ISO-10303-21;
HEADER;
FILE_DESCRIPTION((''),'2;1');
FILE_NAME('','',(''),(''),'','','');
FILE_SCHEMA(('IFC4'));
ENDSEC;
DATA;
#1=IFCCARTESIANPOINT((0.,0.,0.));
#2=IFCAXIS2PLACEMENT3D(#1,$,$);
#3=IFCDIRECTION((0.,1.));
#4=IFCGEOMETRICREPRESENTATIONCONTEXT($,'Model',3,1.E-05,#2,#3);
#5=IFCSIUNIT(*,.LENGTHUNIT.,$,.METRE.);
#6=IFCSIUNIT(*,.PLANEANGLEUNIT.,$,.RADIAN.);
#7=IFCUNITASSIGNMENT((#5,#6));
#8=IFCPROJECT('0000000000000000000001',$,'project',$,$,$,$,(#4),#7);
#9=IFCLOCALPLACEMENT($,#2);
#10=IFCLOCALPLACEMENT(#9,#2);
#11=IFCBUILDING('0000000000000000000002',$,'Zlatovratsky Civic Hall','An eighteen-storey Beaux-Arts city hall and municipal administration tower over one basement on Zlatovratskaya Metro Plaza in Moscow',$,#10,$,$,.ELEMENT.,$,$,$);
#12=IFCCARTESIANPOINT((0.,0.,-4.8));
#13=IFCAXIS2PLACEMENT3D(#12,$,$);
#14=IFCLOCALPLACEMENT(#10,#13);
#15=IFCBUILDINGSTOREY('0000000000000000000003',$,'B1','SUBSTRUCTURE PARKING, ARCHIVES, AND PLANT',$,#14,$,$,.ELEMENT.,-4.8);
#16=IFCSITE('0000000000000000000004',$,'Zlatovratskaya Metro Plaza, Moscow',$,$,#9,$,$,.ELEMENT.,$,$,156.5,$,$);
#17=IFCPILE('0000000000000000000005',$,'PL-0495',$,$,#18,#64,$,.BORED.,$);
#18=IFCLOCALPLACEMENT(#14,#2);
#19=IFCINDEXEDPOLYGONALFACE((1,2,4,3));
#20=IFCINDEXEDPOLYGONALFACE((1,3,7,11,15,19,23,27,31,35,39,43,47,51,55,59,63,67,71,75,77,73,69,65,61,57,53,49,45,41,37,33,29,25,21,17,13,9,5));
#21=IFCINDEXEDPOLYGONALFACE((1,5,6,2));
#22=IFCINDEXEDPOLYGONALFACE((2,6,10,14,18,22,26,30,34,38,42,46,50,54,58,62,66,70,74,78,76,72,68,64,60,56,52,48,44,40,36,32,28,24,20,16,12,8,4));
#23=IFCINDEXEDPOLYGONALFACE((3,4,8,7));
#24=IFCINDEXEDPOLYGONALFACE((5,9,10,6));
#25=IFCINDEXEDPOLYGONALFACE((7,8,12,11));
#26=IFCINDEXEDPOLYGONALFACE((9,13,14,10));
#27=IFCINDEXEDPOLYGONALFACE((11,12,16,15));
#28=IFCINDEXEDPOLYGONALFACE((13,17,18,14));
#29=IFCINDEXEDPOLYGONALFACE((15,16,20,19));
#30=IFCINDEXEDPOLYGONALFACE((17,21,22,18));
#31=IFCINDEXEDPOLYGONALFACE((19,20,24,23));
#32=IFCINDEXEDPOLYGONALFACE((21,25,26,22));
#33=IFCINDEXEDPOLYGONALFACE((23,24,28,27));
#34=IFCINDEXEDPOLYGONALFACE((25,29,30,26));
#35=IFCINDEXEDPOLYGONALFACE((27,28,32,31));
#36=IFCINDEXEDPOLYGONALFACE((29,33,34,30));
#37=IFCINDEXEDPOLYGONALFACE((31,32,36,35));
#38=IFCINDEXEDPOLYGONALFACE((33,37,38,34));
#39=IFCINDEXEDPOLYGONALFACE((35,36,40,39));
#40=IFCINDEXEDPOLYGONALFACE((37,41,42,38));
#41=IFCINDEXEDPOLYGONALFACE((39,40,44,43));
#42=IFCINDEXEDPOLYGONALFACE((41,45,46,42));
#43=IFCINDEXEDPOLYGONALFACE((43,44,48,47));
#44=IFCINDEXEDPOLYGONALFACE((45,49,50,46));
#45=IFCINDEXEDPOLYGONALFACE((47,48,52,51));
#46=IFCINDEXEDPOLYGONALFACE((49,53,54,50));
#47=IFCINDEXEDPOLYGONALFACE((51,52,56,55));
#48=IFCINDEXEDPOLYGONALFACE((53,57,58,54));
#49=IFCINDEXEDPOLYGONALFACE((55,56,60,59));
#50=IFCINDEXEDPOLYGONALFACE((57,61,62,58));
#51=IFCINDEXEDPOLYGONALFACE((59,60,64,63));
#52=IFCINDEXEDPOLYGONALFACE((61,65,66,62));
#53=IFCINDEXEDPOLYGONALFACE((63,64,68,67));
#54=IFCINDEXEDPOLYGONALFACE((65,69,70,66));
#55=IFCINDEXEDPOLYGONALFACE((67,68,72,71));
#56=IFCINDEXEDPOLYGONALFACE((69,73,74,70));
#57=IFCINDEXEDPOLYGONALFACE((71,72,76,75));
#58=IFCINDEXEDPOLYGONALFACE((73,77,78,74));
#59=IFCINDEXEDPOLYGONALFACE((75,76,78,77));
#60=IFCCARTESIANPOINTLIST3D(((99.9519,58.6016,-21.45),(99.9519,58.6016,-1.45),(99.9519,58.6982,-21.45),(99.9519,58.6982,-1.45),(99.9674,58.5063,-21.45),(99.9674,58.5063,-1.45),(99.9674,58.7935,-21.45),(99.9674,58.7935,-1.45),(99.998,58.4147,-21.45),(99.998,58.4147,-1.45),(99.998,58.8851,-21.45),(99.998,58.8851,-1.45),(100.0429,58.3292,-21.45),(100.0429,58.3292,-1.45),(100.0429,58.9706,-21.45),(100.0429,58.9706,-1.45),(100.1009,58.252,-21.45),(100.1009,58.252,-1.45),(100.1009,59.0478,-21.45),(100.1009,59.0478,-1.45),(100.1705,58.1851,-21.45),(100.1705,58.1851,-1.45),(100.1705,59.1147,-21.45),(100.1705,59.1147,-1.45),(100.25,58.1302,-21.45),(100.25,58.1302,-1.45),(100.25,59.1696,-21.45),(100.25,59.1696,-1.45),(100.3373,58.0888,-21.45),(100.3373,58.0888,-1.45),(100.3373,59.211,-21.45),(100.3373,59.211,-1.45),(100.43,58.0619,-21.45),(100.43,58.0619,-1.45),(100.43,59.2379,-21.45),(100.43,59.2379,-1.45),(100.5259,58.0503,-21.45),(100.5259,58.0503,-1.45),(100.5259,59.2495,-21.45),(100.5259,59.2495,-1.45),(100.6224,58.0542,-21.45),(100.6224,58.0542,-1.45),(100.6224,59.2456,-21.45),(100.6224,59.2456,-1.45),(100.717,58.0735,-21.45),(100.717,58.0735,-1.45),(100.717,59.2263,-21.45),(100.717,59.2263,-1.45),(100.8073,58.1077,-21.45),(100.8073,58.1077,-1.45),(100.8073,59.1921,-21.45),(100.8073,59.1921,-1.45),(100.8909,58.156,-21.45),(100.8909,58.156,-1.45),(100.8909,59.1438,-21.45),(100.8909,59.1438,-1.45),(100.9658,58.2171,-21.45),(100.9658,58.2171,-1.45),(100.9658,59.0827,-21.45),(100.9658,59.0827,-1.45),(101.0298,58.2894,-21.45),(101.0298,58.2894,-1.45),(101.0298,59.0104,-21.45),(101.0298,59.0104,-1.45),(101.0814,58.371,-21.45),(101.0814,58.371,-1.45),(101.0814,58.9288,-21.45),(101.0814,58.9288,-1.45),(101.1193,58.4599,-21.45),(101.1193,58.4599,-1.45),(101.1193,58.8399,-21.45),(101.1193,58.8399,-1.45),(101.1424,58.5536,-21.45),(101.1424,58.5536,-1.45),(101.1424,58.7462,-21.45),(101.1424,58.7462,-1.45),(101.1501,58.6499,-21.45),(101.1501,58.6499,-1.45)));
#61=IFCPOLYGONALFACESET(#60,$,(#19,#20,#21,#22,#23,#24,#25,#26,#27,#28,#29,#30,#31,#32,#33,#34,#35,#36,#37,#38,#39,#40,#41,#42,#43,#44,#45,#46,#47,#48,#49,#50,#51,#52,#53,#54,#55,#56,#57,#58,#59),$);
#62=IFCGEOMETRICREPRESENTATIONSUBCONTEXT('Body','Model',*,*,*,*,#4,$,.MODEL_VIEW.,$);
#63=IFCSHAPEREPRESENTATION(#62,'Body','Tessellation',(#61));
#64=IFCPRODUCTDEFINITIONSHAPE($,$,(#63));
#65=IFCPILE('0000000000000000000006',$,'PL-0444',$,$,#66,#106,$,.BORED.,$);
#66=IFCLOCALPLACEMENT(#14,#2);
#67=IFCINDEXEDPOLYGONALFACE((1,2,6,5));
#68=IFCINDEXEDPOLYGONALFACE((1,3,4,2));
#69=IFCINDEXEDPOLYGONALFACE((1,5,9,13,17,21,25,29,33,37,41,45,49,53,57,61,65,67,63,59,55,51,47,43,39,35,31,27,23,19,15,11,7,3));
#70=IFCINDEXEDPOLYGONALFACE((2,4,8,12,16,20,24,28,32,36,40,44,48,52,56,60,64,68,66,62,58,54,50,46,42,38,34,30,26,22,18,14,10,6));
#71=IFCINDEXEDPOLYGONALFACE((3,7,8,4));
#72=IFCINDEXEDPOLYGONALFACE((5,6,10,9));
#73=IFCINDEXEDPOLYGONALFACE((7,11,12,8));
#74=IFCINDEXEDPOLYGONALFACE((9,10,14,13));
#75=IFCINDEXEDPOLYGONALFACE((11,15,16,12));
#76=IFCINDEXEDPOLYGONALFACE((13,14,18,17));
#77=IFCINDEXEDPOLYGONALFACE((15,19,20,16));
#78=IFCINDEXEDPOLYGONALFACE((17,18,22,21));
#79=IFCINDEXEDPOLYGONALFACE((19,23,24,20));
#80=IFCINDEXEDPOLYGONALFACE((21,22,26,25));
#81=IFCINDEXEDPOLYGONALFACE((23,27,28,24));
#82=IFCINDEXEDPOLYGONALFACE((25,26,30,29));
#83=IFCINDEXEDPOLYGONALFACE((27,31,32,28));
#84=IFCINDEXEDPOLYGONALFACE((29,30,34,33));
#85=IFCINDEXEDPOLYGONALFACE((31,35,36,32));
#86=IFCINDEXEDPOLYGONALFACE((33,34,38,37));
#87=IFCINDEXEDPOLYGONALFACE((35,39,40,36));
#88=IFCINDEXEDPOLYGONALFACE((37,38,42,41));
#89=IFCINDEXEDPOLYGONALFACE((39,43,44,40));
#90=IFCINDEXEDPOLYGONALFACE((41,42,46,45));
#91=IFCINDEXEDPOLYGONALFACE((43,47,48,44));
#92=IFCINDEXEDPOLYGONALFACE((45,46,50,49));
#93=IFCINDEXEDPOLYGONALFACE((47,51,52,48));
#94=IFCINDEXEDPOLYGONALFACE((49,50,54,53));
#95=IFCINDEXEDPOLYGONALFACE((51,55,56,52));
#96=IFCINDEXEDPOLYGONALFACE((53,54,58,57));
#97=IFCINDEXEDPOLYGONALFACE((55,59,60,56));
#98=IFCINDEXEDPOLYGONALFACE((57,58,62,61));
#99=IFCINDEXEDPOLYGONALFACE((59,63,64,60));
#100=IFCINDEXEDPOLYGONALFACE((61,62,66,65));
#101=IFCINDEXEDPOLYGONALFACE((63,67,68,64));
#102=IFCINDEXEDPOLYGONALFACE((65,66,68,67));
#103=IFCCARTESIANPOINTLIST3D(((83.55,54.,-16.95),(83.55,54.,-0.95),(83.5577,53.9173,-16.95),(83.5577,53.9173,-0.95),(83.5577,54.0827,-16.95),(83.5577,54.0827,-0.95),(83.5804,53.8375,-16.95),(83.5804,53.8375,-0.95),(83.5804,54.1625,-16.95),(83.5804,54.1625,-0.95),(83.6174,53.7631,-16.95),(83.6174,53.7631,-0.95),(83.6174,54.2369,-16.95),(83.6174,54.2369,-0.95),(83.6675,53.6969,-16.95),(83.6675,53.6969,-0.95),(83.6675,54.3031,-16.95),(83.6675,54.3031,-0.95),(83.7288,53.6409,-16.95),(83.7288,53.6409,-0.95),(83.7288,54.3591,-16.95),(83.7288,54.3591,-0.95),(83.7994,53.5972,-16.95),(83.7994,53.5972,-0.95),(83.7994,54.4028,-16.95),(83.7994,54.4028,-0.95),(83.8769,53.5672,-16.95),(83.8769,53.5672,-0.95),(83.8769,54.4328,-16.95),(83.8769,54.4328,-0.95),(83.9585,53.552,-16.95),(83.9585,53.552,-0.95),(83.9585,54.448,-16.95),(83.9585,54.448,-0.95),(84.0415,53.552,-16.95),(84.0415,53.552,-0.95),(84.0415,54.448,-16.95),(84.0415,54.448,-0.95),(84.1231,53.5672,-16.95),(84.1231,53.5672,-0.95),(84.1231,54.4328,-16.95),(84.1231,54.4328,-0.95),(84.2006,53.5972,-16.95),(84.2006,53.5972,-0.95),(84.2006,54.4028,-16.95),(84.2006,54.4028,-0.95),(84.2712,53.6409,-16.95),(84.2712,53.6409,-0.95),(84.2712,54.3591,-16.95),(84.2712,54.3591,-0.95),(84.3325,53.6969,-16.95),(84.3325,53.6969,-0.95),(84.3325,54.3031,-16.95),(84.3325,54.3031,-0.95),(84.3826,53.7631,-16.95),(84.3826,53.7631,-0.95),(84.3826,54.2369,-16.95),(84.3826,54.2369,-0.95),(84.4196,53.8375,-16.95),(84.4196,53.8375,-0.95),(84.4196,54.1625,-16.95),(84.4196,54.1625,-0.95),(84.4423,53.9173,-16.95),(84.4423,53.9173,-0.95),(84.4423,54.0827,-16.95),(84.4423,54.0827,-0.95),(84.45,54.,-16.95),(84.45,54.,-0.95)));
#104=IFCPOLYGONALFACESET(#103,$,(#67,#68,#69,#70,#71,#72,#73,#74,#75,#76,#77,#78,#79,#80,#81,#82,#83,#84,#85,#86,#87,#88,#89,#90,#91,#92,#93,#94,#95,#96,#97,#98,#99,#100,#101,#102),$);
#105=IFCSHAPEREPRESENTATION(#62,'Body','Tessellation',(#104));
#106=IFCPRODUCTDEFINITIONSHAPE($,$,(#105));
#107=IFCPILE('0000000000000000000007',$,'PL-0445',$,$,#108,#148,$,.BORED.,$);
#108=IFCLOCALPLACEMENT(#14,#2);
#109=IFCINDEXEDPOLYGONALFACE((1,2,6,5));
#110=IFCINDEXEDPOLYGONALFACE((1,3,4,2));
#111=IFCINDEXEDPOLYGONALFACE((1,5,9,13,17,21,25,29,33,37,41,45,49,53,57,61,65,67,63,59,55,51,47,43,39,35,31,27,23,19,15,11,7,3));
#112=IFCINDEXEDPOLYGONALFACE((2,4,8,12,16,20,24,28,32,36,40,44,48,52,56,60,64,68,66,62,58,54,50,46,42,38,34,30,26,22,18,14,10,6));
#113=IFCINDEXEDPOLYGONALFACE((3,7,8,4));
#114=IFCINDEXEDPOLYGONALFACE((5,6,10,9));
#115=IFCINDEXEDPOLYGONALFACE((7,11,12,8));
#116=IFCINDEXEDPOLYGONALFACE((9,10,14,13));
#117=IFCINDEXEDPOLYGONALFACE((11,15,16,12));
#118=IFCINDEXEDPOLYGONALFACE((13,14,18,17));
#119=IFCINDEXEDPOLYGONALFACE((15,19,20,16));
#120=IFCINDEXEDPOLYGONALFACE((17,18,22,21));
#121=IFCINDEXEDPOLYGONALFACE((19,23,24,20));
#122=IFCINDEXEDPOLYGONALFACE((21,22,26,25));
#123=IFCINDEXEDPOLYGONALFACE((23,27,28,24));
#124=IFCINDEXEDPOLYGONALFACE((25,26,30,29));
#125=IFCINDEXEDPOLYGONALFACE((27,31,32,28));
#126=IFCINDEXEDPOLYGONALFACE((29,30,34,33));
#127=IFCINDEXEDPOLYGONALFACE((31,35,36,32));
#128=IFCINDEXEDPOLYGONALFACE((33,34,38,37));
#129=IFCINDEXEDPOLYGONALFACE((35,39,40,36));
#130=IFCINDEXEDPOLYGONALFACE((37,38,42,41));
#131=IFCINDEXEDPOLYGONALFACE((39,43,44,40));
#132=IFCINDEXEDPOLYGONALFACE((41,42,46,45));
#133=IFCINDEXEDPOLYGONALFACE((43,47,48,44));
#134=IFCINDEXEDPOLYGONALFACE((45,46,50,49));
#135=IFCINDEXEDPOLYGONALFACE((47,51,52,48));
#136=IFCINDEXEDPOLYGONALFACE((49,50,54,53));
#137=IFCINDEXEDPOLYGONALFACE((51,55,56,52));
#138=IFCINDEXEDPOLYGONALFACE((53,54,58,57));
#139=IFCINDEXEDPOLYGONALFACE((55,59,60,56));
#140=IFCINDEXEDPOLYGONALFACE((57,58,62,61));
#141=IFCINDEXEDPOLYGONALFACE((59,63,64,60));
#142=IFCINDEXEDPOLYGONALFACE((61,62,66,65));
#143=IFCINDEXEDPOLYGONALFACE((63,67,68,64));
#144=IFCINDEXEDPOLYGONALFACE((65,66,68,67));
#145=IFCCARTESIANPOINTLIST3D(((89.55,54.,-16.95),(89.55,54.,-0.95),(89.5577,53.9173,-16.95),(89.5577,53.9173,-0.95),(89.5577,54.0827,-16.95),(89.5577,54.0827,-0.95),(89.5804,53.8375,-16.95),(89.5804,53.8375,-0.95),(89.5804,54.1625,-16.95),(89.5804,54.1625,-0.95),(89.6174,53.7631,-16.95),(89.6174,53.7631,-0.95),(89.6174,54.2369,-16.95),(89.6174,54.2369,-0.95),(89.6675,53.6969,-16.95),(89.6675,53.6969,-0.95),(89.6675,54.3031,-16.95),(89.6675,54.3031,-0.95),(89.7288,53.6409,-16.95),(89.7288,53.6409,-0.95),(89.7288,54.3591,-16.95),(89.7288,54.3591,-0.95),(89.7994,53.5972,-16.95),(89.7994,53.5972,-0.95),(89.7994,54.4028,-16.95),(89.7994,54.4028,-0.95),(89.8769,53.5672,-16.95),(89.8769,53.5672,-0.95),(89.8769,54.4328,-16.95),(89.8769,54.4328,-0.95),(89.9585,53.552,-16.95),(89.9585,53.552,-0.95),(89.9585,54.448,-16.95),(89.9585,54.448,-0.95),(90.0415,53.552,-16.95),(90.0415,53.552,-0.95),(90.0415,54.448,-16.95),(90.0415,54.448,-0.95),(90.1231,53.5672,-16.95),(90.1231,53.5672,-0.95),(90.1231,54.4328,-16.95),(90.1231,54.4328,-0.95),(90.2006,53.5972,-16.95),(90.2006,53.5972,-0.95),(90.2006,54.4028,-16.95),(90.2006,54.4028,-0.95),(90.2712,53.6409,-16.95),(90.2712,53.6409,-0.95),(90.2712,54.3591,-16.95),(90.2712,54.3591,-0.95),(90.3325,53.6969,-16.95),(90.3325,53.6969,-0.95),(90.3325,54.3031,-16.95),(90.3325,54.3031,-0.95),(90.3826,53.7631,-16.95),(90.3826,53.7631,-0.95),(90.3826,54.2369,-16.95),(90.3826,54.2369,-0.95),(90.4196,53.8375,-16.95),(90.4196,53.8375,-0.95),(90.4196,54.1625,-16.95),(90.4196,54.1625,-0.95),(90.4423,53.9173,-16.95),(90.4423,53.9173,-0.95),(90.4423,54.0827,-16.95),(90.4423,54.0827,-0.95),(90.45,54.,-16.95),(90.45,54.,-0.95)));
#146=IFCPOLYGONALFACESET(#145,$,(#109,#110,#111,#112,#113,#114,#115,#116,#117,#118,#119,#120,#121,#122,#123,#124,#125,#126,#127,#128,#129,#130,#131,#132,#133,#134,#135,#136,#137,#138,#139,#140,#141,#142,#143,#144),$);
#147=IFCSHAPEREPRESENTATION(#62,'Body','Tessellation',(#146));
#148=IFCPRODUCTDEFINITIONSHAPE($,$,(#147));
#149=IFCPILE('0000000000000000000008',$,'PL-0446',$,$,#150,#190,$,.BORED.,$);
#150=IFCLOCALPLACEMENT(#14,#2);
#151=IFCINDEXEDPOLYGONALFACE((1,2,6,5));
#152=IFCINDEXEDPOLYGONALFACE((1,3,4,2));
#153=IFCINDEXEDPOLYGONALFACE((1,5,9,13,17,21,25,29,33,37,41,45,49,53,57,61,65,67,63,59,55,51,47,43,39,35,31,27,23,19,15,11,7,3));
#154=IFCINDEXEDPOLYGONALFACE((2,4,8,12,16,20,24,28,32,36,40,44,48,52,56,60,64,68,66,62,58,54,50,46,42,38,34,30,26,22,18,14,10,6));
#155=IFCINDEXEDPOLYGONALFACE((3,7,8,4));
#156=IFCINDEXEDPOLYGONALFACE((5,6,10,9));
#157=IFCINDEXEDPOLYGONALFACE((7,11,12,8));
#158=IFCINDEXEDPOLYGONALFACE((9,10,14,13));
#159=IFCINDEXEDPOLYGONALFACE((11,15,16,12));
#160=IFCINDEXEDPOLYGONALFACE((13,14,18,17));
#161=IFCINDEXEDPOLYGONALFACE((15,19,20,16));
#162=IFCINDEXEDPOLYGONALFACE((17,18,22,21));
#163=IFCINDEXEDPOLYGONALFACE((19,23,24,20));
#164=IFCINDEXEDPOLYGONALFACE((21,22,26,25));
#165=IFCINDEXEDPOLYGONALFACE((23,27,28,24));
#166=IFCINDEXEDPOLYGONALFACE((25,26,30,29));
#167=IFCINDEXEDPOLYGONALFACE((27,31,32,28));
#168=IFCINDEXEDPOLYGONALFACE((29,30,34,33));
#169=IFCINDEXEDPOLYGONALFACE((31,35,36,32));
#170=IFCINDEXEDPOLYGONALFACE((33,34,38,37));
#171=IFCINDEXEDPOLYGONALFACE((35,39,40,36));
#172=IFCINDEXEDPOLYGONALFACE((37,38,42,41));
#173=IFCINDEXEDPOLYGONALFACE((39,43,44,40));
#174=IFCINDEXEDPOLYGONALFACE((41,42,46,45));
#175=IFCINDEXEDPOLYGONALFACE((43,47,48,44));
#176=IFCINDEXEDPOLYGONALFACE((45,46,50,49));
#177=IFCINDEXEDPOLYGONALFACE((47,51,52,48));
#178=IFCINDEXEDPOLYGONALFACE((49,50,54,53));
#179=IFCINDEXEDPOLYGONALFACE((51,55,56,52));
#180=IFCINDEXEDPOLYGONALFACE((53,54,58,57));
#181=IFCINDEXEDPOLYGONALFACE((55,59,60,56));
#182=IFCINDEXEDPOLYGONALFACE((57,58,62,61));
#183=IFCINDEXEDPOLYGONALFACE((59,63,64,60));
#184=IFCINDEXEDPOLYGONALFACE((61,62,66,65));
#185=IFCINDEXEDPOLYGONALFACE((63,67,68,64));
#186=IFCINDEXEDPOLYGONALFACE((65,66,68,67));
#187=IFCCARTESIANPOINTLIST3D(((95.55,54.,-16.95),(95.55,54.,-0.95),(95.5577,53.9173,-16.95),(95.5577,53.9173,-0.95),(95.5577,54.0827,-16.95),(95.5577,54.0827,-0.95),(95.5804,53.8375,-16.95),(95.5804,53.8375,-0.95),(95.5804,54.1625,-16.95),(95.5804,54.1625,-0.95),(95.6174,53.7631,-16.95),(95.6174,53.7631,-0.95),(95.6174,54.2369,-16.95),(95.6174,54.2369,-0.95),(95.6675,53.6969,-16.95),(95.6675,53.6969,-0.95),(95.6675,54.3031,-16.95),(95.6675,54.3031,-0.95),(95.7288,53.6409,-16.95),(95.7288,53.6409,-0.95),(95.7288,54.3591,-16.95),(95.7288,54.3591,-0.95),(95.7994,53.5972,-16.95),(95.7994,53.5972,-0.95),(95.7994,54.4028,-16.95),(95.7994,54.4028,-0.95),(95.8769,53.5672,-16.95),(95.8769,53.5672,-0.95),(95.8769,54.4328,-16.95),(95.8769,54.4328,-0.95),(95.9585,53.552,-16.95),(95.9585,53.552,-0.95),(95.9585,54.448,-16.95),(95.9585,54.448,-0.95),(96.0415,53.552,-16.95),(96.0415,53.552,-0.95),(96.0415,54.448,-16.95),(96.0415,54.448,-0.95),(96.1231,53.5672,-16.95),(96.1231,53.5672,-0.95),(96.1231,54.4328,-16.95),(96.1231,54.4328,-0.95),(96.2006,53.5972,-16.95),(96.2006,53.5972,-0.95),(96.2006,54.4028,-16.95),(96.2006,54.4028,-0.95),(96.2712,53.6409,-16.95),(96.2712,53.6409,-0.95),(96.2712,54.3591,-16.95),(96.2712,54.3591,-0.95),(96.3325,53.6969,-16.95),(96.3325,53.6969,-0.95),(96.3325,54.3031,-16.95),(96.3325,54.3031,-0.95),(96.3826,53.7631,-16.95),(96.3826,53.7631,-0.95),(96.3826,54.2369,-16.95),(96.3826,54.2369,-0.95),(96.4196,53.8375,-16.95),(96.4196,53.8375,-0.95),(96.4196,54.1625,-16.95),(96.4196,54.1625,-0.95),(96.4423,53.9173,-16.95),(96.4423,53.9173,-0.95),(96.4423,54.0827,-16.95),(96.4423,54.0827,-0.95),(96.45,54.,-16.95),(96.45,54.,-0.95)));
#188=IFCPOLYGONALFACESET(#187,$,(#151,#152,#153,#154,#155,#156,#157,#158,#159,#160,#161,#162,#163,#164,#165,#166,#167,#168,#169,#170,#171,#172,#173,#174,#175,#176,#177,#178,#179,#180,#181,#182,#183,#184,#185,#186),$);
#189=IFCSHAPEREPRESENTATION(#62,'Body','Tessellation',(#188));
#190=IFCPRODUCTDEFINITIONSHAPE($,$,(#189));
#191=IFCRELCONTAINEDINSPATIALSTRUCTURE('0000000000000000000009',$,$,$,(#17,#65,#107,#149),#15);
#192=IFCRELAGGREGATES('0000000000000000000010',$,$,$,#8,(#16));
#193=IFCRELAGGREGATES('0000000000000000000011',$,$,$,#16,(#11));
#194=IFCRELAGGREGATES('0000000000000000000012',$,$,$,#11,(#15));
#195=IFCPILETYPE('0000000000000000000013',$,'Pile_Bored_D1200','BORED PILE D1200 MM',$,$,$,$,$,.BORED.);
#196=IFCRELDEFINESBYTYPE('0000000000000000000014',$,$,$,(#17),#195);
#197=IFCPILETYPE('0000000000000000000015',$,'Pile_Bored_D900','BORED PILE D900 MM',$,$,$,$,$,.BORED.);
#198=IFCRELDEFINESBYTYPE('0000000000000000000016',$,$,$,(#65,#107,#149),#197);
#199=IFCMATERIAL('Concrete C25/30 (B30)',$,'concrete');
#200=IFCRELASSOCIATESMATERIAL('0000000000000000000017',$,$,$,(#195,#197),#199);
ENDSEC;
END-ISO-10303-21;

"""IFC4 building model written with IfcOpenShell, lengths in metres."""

from ifc_helpers import new_model, si_unit, direction, frame, origin, origin_2d, place, context, subcontext, project, spatial, circle, extrude, material, material_profile, profile_set, type_object, element, save


model = new_model("IFC4")

# Units and contexts
model_context = context("Model", 3, precision=1e-05, world=origin(), true_north=direction((0.0, 1.0)))
body_context = subcontext(model_context, "Body", "Model", "MODEL_VIEW")
ifc_project = project(units=[si_unit("LENGTHUNIT", "METRE"), si_unit("PLANEANGLEUNIT", "RADIAN")], contexts=[model_context])

# Site, building, storey
site_placement = place(None, origin())
site = spatial("IfcSite", under=ifc_project, at=site_placement, Name="Zlatovratskaya Metro Plaza, Moscow", CompositionType="ELEMENT", RefElevation=156.5)
building_placement = place(site_placement, origin())
building = spatial("IfcBuilding", under=site, at=building_placement, Name="Zlatovratsky Civic Hall", Description="An eighteen-storey Beaux-Arts city hall and municipal administration tower over one basement on Zlatovratskaya Metro Plaza in Moscow", CompositionType="ELEMENT")
storey_placement = place(building_placement, frame((0.0, 0.0, -4.8)))
storey = spatial("IfcBuildingStorey", under=building, at=storey_placement, Name="B1", Description="SUBSTRUCTURE PARKING, ARCHIVES, AND PLANT", CompositionType="ELEMENT", Elevation=-4.8)

# Shared definitions
ifc_material_1 = material(Name="Concrete C25/30 (B30)", Category="concrete")

# Piles
ifc_material_profile_1 = material_profile(ifc_material_1, circle(Radius=0.6001, at=origin_2d()), Name="PILE D1200")
ifc_profile_set_1 = profile_set([ifc_material_profile_1], Name="Concrete C25/30 (B30)")
pile_type_1 = type_object("IfcPileType", Name="Pile_Bored_D1200", Description="BORED PILE D1200 MM", PredefinedType="BORED", material=ifc_profile_set_1)
for number, where, z_axis, x_axis, name in (
    (1, (100.55, 58.6499, -1.45), (0.0, 0.0, -1.0), (1.0, 0.0, 0.0), "PL-0495"),
):
    element("IfcPile", number, at=place(storey_placement, frame(where, z_axis=z_axis, x_axis=x_axis)), inside=storey, type_object=pile_type_1, Name=name, PredefinedType="BORED", context=body_context, shape_type="SweptSolid", body=[
        extrude(circle(Radius=0.6001, at=origin_2d()), origin(), (0.0, 0.0, 1.0), 20.0),
    ])
ifc_material_profile_2 = material_profile(ifc_material_1, circle(Radius=0.45, at=origin_2d()), Name="PILE D900")
ifc_profile_set_2 = profile_set([ifc_material_profile_2], Name="Concrete C25/30 (B30)")
pile_type_2 = type_object("IfcPileType", Name="Pile_Bored_D900", Description="BORED PILE D900 MM", PredefinedType="BORED", material=ifc_profile_set_2)
for number, where, z_axis, x_axis, name in (
    (2, (84.0, 54.0, -0.95), (0.0, 0.0, -1.0), (1.0, 0.0, 0.0), "PL-0444"),
    (3, (90.0, 54.0, -0.95), (0.0, 0.0, -1.0), (1.0, 0.0, 0.0), "PL-0445"),
    (4, (96.0, 54.0, -0.95), (0.0, 0.0, -1.0), (1.0, 0.0, 0.0), "PL-0446"),
):
    element("IfcPile", number, at=place(storey_placement, frame(where, z_axis=z_axis, x_axis=x_axis)), inside=storey, type_object=pile_type_2, Name=name, PredefinedType="BORED", context=body_context, shape_type="SweptSolid", body=[
        extrude(circle(Radius=0.45, at=origin_2d()), origin(), (0.0, 0.0, 1.0), 16.0),
    ])

save(model, "model.ifc")
